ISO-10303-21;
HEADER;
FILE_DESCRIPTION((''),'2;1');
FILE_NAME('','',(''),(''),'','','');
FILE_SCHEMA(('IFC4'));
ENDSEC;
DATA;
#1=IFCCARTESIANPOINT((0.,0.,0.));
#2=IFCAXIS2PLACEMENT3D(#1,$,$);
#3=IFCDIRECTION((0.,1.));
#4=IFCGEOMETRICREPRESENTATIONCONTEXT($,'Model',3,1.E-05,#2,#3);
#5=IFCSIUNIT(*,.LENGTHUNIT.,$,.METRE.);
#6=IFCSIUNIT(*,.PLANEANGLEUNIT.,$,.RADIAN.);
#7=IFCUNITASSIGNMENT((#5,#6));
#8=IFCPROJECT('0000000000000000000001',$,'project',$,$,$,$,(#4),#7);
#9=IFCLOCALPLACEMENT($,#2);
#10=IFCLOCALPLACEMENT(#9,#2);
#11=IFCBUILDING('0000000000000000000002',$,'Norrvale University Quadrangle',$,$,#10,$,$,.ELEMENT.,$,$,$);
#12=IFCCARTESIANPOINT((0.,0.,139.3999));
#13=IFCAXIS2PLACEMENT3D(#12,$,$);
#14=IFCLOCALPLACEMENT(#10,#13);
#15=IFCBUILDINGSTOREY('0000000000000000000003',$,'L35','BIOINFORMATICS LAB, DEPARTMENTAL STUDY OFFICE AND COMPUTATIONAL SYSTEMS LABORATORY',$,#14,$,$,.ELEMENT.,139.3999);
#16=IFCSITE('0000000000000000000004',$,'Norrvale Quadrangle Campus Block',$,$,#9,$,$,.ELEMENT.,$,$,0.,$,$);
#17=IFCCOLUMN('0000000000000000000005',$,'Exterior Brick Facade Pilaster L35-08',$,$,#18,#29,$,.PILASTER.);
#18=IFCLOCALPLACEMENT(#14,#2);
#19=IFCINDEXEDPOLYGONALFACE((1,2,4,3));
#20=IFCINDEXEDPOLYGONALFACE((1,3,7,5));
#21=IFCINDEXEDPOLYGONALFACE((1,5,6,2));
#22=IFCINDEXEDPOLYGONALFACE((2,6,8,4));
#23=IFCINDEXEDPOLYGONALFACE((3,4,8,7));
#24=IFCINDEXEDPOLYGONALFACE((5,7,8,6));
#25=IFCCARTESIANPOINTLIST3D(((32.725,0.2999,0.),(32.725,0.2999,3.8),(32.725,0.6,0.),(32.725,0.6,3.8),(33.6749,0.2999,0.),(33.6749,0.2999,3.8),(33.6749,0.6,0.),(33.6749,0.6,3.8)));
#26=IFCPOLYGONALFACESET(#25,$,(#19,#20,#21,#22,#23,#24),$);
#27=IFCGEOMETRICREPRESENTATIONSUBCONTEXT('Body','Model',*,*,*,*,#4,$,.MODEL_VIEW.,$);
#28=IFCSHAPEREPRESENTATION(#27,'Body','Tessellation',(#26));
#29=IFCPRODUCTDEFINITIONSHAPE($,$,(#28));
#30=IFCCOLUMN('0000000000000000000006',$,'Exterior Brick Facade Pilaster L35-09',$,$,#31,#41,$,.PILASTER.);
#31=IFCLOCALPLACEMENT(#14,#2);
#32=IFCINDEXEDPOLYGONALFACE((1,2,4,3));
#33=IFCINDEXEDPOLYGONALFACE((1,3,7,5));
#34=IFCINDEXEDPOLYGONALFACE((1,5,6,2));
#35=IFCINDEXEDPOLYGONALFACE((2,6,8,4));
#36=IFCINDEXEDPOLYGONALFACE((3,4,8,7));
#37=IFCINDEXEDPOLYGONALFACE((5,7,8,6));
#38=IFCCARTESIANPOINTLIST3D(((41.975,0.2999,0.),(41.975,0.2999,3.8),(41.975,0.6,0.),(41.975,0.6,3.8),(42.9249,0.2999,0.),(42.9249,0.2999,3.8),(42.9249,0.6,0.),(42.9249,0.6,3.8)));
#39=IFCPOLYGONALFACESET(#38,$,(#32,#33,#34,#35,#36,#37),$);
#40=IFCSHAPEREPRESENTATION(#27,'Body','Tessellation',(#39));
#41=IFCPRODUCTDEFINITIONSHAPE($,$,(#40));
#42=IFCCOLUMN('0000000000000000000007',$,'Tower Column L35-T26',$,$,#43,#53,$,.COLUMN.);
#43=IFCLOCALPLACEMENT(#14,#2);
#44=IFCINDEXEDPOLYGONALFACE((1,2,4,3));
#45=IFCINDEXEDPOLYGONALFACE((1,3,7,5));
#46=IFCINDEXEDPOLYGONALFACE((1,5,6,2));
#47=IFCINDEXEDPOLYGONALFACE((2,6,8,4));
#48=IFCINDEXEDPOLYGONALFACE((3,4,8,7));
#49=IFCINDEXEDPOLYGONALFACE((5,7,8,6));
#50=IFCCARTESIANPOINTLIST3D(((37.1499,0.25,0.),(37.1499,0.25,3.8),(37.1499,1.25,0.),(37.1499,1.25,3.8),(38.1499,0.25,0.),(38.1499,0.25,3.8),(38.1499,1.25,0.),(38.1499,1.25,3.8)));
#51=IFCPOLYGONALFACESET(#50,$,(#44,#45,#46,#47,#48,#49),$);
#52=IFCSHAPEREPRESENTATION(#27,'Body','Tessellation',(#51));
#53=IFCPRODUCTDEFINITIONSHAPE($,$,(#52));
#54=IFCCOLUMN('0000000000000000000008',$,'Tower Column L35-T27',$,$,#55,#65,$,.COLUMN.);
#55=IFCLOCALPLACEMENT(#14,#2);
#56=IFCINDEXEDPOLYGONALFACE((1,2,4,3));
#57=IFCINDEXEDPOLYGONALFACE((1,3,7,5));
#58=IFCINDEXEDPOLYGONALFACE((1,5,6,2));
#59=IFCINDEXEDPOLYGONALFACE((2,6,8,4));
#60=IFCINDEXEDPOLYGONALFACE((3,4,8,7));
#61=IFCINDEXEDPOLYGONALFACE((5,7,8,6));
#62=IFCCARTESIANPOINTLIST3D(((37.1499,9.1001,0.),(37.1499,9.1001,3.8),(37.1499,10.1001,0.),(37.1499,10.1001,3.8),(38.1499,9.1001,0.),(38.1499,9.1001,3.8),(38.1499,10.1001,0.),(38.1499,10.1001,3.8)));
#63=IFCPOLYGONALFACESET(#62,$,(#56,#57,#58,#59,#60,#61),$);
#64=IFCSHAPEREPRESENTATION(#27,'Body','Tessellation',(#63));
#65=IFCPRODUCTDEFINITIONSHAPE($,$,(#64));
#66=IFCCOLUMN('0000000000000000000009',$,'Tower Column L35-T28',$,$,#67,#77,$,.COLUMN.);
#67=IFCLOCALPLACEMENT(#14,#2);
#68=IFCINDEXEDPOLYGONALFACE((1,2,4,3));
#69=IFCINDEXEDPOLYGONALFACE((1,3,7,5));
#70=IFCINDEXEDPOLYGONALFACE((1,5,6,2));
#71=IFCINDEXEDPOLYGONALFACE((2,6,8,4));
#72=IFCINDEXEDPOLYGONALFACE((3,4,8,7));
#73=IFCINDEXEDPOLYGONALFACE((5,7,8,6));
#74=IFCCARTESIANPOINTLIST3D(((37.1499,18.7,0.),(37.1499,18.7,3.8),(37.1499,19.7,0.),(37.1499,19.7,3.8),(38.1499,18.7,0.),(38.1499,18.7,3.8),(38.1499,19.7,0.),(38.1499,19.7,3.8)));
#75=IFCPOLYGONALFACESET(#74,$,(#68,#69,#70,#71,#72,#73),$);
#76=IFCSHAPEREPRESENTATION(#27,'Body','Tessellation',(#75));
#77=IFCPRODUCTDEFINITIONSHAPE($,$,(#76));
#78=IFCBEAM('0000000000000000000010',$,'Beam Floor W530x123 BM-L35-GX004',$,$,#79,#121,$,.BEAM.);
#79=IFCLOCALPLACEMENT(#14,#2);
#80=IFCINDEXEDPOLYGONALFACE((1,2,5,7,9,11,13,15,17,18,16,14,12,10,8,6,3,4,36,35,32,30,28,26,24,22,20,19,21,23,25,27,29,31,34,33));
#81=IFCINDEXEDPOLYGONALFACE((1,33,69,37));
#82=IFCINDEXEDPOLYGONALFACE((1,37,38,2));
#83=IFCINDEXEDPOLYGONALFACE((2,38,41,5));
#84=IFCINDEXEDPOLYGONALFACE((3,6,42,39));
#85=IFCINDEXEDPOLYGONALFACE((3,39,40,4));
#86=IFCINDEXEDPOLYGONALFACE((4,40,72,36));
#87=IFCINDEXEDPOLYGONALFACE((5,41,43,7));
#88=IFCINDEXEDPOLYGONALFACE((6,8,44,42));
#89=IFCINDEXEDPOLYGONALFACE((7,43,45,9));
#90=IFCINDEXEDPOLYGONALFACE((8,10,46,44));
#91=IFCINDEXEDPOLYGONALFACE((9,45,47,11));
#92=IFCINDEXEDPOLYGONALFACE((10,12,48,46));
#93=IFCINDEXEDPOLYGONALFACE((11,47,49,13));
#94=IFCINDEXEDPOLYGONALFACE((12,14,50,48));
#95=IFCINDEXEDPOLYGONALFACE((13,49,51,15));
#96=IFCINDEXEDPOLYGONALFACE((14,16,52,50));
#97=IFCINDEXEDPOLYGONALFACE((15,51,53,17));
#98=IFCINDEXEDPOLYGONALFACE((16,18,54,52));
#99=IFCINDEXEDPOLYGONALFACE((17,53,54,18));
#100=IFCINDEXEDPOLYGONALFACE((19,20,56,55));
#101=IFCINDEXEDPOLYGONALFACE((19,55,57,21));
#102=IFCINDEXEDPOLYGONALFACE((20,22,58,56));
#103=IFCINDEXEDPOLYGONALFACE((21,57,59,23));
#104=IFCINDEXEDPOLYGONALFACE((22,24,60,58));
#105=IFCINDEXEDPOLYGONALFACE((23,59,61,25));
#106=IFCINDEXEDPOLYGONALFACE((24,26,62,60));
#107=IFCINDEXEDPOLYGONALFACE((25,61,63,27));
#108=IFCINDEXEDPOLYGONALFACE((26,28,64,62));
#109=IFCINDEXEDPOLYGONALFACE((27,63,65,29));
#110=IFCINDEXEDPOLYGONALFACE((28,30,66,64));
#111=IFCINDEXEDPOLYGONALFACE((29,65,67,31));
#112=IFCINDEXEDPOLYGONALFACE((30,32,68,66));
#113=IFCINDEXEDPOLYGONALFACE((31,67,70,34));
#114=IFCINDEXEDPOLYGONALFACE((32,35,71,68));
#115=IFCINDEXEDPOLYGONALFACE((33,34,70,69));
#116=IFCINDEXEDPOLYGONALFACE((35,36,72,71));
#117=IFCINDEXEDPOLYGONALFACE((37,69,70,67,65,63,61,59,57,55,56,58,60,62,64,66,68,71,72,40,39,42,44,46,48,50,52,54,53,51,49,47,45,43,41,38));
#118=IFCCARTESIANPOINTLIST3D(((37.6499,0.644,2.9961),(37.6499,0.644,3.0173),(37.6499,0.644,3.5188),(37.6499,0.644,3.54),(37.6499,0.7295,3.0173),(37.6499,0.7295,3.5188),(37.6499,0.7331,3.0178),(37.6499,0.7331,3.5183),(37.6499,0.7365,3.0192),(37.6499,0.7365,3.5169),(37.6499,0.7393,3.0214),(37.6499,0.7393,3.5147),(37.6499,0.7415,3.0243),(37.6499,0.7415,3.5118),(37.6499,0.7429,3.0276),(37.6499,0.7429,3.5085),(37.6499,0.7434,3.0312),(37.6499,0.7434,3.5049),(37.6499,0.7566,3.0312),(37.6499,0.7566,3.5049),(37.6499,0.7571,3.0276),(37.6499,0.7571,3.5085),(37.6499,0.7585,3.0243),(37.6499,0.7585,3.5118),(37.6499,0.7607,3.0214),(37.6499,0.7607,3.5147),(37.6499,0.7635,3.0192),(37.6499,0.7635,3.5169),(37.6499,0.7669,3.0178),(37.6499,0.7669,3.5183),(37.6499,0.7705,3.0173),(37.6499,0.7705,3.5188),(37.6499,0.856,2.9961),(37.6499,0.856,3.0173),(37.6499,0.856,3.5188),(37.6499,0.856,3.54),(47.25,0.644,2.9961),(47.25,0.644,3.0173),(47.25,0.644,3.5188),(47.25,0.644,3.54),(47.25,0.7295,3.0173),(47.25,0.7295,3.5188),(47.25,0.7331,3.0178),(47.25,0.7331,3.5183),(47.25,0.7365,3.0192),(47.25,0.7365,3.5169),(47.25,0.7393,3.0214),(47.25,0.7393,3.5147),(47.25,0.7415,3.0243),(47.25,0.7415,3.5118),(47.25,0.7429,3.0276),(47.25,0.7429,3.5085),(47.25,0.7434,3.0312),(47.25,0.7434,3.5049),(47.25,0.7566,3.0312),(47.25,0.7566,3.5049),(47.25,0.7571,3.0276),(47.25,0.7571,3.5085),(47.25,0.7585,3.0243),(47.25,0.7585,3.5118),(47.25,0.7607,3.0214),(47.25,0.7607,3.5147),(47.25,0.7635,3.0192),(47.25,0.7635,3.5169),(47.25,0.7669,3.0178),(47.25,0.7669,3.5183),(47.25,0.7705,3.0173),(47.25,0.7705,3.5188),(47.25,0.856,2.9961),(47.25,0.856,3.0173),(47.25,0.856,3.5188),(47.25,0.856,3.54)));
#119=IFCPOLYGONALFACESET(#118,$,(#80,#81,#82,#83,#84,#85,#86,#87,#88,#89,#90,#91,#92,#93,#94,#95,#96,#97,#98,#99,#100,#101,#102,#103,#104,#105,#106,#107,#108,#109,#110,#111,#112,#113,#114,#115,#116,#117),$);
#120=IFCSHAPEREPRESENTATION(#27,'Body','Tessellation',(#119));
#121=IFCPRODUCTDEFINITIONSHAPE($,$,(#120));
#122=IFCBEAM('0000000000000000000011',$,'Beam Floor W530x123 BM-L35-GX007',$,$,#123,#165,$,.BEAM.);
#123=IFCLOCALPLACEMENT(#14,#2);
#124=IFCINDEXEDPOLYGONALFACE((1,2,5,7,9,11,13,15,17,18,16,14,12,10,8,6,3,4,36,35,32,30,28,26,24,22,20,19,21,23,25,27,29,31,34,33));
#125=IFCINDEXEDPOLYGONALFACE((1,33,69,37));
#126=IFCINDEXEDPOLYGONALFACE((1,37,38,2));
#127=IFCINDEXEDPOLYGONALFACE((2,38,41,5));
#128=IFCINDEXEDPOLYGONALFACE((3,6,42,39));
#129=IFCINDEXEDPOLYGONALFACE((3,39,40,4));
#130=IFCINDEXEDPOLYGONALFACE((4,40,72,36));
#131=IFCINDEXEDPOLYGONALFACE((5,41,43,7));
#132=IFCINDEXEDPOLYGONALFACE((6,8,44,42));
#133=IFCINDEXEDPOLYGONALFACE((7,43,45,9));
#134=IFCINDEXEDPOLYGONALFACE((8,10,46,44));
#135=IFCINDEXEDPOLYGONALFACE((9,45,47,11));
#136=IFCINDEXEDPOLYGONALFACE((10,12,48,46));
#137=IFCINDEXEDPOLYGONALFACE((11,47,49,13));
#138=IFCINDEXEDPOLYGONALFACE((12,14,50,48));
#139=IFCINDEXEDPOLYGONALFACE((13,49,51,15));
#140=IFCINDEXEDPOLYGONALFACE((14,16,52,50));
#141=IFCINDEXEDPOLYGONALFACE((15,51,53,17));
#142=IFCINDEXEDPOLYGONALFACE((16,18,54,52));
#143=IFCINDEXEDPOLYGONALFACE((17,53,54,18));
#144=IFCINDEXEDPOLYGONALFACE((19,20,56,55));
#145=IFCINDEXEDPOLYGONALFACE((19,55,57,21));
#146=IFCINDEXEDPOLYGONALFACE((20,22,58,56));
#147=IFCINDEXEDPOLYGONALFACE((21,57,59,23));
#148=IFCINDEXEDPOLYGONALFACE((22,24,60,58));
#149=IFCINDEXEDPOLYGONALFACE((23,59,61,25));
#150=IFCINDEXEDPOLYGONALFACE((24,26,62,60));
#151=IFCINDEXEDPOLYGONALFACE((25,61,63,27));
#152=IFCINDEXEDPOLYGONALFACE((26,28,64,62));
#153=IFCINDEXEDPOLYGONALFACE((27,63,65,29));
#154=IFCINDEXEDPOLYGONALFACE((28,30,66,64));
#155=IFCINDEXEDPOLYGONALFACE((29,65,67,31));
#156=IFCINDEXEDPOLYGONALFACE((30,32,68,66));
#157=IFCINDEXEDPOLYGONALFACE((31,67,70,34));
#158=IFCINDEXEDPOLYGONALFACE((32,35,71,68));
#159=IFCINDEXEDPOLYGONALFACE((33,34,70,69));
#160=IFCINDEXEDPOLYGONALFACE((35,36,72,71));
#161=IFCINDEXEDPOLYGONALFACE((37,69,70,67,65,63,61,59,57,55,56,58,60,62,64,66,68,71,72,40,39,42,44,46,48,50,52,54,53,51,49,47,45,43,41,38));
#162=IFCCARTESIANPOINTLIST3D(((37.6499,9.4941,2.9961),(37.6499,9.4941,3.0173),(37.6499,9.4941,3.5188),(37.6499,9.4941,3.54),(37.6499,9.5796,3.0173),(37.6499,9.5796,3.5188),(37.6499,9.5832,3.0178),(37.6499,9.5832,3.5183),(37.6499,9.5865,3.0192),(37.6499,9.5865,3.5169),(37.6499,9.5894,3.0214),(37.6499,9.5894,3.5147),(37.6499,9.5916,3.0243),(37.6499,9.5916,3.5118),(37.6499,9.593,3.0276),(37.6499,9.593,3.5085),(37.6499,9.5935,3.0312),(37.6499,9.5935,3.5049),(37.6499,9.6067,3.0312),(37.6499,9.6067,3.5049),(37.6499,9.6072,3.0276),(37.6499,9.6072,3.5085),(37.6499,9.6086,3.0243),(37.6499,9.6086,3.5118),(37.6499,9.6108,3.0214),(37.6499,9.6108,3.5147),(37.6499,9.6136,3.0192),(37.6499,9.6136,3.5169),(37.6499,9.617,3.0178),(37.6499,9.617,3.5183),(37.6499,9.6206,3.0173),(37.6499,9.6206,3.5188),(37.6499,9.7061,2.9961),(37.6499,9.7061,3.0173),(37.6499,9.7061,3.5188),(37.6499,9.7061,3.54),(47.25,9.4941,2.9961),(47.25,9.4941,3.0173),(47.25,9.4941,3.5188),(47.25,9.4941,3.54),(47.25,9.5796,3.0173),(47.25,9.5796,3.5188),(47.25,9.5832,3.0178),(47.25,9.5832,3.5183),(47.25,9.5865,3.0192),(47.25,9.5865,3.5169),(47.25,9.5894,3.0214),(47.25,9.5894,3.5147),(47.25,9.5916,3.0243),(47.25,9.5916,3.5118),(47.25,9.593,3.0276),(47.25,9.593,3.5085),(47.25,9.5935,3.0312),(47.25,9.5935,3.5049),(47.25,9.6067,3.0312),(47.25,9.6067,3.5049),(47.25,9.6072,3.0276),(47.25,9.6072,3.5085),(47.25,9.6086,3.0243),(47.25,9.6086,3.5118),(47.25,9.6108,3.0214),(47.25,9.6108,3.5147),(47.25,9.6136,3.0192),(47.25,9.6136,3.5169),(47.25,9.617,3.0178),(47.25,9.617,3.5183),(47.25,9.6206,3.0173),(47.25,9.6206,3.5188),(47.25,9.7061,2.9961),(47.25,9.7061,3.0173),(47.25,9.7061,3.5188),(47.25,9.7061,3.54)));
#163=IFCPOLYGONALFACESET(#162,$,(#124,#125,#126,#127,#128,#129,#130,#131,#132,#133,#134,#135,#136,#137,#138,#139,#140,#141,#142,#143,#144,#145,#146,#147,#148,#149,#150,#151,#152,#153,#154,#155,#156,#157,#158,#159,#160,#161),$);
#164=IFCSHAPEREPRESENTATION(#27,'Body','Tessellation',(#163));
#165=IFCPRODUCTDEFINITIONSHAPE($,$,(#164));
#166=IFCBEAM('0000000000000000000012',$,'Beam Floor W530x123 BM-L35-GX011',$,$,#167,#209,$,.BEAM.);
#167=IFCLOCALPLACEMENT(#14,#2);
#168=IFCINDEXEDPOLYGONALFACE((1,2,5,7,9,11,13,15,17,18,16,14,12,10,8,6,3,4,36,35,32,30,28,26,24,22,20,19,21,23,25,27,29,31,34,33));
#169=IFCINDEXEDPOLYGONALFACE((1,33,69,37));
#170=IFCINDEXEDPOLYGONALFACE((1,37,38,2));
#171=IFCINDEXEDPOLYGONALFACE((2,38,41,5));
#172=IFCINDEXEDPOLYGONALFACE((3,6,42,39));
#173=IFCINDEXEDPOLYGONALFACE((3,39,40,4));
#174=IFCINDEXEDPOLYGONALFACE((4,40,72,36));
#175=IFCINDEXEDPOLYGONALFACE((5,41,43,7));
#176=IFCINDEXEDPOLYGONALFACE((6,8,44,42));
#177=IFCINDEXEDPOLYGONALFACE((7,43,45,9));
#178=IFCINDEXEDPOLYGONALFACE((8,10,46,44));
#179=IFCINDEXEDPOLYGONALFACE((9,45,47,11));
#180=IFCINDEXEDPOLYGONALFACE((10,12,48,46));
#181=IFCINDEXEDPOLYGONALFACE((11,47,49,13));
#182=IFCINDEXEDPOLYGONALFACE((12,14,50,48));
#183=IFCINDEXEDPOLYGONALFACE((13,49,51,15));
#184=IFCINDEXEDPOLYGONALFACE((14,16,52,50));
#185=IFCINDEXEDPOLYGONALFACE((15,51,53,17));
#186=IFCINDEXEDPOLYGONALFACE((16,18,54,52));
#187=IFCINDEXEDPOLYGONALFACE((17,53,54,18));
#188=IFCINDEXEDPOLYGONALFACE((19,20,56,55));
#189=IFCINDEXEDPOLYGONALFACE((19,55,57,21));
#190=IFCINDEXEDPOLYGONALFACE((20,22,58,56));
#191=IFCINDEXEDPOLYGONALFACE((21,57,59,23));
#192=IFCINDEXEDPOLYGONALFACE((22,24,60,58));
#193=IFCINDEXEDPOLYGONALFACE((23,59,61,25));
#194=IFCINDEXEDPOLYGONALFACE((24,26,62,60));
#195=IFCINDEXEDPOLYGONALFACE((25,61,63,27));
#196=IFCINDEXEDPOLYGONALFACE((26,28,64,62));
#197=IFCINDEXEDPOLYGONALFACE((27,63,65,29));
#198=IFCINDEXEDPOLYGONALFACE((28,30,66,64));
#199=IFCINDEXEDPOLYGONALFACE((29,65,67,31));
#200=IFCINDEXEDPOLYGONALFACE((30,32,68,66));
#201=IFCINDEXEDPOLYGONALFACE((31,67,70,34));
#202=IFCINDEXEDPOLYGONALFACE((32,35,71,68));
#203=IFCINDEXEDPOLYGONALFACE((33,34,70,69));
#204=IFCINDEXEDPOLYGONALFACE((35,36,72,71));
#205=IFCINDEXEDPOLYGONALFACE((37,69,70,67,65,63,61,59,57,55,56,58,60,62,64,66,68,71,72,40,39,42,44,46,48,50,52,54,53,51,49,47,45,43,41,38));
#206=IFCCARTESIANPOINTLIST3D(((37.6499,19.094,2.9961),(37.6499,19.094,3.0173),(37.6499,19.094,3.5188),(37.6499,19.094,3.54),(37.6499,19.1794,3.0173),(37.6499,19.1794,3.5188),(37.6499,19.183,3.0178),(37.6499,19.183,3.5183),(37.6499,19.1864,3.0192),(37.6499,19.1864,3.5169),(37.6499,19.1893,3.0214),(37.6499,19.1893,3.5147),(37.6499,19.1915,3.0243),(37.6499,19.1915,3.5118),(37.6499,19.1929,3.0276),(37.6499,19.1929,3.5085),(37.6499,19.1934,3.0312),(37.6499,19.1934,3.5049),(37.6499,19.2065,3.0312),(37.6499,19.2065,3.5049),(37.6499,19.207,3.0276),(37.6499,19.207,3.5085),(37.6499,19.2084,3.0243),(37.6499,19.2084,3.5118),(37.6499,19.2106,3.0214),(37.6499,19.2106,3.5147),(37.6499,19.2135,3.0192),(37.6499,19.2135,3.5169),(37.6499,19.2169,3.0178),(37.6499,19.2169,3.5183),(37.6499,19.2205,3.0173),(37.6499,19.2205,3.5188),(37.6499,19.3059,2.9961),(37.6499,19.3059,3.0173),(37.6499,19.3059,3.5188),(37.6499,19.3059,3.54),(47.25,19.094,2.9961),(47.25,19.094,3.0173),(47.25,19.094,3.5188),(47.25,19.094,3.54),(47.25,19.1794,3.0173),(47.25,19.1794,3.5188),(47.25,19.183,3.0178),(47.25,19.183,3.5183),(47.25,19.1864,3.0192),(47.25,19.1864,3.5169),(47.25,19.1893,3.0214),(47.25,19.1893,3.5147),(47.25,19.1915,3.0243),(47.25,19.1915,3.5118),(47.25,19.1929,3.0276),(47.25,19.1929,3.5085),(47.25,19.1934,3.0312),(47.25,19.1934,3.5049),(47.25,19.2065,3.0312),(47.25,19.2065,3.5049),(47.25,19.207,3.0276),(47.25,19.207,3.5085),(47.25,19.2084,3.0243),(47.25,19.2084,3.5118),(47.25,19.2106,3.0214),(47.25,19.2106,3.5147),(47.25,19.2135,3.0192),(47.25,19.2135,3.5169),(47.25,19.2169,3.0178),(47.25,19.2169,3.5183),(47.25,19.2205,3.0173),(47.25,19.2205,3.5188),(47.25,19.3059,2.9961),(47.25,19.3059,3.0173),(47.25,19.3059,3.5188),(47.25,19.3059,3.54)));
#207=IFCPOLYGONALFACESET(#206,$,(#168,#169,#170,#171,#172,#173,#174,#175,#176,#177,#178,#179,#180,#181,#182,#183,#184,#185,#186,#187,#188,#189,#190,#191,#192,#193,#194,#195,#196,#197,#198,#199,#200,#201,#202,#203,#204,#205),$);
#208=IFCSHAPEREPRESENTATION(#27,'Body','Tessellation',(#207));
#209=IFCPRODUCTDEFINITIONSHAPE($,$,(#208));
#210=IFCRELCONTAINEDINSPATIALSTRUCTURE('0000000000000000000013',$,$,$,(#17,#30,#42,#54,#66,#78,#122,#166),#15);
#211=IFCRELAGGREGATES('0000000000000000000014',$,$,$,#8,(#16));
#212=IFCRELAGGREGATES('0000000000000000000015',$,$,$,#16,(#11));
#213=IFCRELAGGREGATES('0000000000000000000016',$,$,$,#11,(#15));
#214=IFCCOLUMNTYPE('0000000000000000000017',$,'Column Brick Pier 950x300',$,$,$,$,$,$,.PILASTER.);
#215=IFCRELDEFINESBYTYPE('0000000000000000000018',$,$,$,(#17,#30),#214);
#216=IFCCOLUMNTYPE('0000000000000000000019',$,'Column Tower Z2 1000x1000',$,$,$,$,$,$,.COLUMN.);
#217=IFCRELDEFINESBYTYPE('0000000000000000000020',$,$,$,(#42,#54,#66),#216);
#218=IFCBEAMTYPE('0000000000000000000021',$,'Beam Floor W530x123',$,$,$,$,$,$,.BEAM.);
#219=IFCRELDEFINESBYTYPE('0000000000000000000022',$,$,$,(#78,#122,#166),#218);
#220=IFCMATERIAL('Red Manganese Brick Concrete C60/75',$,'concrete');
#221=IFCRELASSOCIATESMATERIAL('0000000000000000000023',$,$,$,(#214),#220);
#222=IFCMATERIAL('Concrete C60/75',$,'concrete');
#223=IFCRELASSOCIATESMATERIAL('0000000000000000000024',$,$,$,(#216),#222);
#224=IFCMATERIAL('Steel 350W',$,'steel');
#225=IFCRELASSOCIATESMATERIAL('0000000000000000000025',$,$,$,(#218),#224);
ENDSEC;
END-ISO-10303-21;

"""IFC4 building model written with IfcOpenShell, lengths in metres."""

from ifc_helpers import new_model, si_unit, direction, frame, origin, origin_2d, place, context, subcontext, project, spatial, rectangle, i_section, extrude, material, material_profile, profile_set, type_object, element, save


model = new_model("IFC4")

# Units and contexts
model_context = context("Model", 3, precision=1e-05, world=origin(), true_north=direction((0.0, 1.0)))
body_context = subcontext(model_context, "Body", "Model", "MODEL_VIEW")
ifc_project = project(units=[si_unit("LENGTHUNIT", "METRE"), si_unit("PLANEANGLEUNIT", "RADIAN")], contexts=[model_context])

# Site, building, storey
site_placement = place(None, origin())
site = spatial("IfcSite", under=ifc_project, at=site_placement, Name="Norrvale Quadrangle Campus Block", CompositionType="ELEMENT", RefElevation=0.0)
building_placement = place(site_placement, origin())
building = spatial("IfcBuilding", under=site, at=building_placement, Name="Norrvale University Quadrangle", CompositionType="ELEMENT")
storey_placement = place(building_placement, frame((0.0, 0.0, 139.3999)))
storey = spatial("IfcBuildingStorey", under=building, at=storey_placement, Name="L35", Description="BIOINFORMATICS LAB, DEPARTMENTAL STUDY OFFICE AND COMPUTATIONAL SYSTEMS LABORATORY", CompositionType="ELEMENT", Elevation=139.3999)

# Columns
ifc_material_1 = material(Name="Red Manganese Brick Concrete C60/75", Category="concrete")
ifc_material_profile_1 = material_profile(ifc_material_1, rectangle(XDim=0.95, YDim=0.3, at=origin_2d()), Name="Red Manganese Brick Concrete C60/75")
ifc_profile_set_1 = profile_set([ifc_material_profile_1], Name="Red Manganese Brick Concrete C60/75")
column_type_1 = type_object("IfcColumnType", Name="Column Brick Pier 950x300", PredefinedType="PILASTER", material=ifc_profile_set_1)
for number, where, z_axis, x_axis, name in (
    (1, (33.2, 0.45, 0.0), (0.0, 0.0, 1.0), (1.0, 0.0, 0.0), "Exterior Brick Facade Pilaster L35-08"),
    (2, (42.45, 0.45, 0.0), (0.0, 0.0, 1.0), (1.0, 0.0, 0.0), "Exterior Brick Facade Pilaster L35-09"),
):
    element("IfcColumn", number, at=place(storey_placement, frame(where, z_axis=z_axis, x_axis=x_axis)), inside=storey, type_object=column_type_1, Name=name, PredefinedType="PILASTER", context=body_context, shape_type="SweptSolid", body=[
        extrude(rectangle(XDim=0.95, YDim=0.3, at=origin_2d()), origin(), (0.0, 0.0, 1.0), 3.8),
    ])
ifc_material_2 = material(Name="Concrete C60/75", Category="concrete")
ifc_material_profile_2 = material_profile(ifc_material_2, rectangle(XDim=1.0, YDim=1.0, at=origin_2d()), Name="Concrete C60/75")
ifc_profile_set_2 = profile_set([ifc_material_profile_2], Name="Concrete C60/75")
column_type_2 = type_object("IfcColumnType", Name="Column Tower Z2 1000x1000", PredefinedType="COLUMN", material=ifc_profile_set_2)
for number, where, z_axis, x_axis, name in (
    (3, (37.6499, 0.75, 0.0), (0.0, 0.0, 1.0), (1.0, 0.0, 0.0), "Tower Column L35-T26"),
    (4, (37.6499, 9.6001, 0.0), (0.0, 0.0, 1.0), (1.0, 0.0, 0.0), "Tower Column L35-T27"),
    (5, (37.6499, 19.2, 0.0), (0.0, 0.0, 1.0), (1.0, 0.0, 0.0), "Tower Column L35-T28"),
):
    element("IfcColumn", number, at=place(storey_placement, frame(where, z_axis=z_axis, x_axis=x_axis)), inside=storey, type_object=column_type_2, Name=name, PredefinedType="COLUMN", context=body_context, shape_type="SweptSolid", body=[
        extrude(rectangle(XDim=1.0, YDim=1.0, at=origin_2d()), origin(), (0.0, 0.0, 1.0), 3.8),
    ])

# Beams
ifc_material_3 = material(Name="Steel 350W", Category="steel")
ifc_material_profile_3 = material_profile(ifc_material_3, i_section(OverallWidth=0.2119, OverallDepth=0.5439, WebThickness=0.0132, FlangeThickness=0.0212, FilletRadius=0.0139, at=origin_2d()), Name="Steel 350W")
ifc_profile_set_3 = profile_set([ifc_material_profile_3], Name="Steel 350W")
beam_type_1 = type_object("IfcBeamType", Name="Beam Floor W530x123", PredefinedType="BEAM", material=ifc_profile_set_3)
for number, where, z_axis, x_axis, name in (
    (6, (37.6499, 0.75, 3.2681), (1.0, 0.0, 0.0), (0.0, 1.0, 0.0), "Beam Floor W530x123 BM-L35-GX004"),
    (7, (37.6499, 9.6001, 3.2681), (1.0, 0.0, 0.0), (0.0, 1.0, 0.0), "Beam Floor W530x123 BM-L35-GX007"),
    (8, (37.6499, 19.2, 3.2681), (1.0, 0.0, 0.0), (0.0, 1.0, 0.0), "Beam Floor W530x123 BM-L35-GX011"),
):
    element("IfcBeam", number, at=place(storey_placement, frame(where, z_axis=z_axis, x_axis=x_axis)), inside=storey, type_object=beam_type_1, Name=name, PredefinedType="BEAM", context=body_context, shape_type="SweptSolid", body=[
        extrude(i_section(OverallWidth=0.2119, OverallDepth=0.5439, WebThickness=0.0132, FlangeThickness=0.0212, FilletRadius=0.0139, at=origin_2d()), origin(), (0.0, 0.0, 1.0), 9.6001),
    ])

save(model, "model.ifc")
